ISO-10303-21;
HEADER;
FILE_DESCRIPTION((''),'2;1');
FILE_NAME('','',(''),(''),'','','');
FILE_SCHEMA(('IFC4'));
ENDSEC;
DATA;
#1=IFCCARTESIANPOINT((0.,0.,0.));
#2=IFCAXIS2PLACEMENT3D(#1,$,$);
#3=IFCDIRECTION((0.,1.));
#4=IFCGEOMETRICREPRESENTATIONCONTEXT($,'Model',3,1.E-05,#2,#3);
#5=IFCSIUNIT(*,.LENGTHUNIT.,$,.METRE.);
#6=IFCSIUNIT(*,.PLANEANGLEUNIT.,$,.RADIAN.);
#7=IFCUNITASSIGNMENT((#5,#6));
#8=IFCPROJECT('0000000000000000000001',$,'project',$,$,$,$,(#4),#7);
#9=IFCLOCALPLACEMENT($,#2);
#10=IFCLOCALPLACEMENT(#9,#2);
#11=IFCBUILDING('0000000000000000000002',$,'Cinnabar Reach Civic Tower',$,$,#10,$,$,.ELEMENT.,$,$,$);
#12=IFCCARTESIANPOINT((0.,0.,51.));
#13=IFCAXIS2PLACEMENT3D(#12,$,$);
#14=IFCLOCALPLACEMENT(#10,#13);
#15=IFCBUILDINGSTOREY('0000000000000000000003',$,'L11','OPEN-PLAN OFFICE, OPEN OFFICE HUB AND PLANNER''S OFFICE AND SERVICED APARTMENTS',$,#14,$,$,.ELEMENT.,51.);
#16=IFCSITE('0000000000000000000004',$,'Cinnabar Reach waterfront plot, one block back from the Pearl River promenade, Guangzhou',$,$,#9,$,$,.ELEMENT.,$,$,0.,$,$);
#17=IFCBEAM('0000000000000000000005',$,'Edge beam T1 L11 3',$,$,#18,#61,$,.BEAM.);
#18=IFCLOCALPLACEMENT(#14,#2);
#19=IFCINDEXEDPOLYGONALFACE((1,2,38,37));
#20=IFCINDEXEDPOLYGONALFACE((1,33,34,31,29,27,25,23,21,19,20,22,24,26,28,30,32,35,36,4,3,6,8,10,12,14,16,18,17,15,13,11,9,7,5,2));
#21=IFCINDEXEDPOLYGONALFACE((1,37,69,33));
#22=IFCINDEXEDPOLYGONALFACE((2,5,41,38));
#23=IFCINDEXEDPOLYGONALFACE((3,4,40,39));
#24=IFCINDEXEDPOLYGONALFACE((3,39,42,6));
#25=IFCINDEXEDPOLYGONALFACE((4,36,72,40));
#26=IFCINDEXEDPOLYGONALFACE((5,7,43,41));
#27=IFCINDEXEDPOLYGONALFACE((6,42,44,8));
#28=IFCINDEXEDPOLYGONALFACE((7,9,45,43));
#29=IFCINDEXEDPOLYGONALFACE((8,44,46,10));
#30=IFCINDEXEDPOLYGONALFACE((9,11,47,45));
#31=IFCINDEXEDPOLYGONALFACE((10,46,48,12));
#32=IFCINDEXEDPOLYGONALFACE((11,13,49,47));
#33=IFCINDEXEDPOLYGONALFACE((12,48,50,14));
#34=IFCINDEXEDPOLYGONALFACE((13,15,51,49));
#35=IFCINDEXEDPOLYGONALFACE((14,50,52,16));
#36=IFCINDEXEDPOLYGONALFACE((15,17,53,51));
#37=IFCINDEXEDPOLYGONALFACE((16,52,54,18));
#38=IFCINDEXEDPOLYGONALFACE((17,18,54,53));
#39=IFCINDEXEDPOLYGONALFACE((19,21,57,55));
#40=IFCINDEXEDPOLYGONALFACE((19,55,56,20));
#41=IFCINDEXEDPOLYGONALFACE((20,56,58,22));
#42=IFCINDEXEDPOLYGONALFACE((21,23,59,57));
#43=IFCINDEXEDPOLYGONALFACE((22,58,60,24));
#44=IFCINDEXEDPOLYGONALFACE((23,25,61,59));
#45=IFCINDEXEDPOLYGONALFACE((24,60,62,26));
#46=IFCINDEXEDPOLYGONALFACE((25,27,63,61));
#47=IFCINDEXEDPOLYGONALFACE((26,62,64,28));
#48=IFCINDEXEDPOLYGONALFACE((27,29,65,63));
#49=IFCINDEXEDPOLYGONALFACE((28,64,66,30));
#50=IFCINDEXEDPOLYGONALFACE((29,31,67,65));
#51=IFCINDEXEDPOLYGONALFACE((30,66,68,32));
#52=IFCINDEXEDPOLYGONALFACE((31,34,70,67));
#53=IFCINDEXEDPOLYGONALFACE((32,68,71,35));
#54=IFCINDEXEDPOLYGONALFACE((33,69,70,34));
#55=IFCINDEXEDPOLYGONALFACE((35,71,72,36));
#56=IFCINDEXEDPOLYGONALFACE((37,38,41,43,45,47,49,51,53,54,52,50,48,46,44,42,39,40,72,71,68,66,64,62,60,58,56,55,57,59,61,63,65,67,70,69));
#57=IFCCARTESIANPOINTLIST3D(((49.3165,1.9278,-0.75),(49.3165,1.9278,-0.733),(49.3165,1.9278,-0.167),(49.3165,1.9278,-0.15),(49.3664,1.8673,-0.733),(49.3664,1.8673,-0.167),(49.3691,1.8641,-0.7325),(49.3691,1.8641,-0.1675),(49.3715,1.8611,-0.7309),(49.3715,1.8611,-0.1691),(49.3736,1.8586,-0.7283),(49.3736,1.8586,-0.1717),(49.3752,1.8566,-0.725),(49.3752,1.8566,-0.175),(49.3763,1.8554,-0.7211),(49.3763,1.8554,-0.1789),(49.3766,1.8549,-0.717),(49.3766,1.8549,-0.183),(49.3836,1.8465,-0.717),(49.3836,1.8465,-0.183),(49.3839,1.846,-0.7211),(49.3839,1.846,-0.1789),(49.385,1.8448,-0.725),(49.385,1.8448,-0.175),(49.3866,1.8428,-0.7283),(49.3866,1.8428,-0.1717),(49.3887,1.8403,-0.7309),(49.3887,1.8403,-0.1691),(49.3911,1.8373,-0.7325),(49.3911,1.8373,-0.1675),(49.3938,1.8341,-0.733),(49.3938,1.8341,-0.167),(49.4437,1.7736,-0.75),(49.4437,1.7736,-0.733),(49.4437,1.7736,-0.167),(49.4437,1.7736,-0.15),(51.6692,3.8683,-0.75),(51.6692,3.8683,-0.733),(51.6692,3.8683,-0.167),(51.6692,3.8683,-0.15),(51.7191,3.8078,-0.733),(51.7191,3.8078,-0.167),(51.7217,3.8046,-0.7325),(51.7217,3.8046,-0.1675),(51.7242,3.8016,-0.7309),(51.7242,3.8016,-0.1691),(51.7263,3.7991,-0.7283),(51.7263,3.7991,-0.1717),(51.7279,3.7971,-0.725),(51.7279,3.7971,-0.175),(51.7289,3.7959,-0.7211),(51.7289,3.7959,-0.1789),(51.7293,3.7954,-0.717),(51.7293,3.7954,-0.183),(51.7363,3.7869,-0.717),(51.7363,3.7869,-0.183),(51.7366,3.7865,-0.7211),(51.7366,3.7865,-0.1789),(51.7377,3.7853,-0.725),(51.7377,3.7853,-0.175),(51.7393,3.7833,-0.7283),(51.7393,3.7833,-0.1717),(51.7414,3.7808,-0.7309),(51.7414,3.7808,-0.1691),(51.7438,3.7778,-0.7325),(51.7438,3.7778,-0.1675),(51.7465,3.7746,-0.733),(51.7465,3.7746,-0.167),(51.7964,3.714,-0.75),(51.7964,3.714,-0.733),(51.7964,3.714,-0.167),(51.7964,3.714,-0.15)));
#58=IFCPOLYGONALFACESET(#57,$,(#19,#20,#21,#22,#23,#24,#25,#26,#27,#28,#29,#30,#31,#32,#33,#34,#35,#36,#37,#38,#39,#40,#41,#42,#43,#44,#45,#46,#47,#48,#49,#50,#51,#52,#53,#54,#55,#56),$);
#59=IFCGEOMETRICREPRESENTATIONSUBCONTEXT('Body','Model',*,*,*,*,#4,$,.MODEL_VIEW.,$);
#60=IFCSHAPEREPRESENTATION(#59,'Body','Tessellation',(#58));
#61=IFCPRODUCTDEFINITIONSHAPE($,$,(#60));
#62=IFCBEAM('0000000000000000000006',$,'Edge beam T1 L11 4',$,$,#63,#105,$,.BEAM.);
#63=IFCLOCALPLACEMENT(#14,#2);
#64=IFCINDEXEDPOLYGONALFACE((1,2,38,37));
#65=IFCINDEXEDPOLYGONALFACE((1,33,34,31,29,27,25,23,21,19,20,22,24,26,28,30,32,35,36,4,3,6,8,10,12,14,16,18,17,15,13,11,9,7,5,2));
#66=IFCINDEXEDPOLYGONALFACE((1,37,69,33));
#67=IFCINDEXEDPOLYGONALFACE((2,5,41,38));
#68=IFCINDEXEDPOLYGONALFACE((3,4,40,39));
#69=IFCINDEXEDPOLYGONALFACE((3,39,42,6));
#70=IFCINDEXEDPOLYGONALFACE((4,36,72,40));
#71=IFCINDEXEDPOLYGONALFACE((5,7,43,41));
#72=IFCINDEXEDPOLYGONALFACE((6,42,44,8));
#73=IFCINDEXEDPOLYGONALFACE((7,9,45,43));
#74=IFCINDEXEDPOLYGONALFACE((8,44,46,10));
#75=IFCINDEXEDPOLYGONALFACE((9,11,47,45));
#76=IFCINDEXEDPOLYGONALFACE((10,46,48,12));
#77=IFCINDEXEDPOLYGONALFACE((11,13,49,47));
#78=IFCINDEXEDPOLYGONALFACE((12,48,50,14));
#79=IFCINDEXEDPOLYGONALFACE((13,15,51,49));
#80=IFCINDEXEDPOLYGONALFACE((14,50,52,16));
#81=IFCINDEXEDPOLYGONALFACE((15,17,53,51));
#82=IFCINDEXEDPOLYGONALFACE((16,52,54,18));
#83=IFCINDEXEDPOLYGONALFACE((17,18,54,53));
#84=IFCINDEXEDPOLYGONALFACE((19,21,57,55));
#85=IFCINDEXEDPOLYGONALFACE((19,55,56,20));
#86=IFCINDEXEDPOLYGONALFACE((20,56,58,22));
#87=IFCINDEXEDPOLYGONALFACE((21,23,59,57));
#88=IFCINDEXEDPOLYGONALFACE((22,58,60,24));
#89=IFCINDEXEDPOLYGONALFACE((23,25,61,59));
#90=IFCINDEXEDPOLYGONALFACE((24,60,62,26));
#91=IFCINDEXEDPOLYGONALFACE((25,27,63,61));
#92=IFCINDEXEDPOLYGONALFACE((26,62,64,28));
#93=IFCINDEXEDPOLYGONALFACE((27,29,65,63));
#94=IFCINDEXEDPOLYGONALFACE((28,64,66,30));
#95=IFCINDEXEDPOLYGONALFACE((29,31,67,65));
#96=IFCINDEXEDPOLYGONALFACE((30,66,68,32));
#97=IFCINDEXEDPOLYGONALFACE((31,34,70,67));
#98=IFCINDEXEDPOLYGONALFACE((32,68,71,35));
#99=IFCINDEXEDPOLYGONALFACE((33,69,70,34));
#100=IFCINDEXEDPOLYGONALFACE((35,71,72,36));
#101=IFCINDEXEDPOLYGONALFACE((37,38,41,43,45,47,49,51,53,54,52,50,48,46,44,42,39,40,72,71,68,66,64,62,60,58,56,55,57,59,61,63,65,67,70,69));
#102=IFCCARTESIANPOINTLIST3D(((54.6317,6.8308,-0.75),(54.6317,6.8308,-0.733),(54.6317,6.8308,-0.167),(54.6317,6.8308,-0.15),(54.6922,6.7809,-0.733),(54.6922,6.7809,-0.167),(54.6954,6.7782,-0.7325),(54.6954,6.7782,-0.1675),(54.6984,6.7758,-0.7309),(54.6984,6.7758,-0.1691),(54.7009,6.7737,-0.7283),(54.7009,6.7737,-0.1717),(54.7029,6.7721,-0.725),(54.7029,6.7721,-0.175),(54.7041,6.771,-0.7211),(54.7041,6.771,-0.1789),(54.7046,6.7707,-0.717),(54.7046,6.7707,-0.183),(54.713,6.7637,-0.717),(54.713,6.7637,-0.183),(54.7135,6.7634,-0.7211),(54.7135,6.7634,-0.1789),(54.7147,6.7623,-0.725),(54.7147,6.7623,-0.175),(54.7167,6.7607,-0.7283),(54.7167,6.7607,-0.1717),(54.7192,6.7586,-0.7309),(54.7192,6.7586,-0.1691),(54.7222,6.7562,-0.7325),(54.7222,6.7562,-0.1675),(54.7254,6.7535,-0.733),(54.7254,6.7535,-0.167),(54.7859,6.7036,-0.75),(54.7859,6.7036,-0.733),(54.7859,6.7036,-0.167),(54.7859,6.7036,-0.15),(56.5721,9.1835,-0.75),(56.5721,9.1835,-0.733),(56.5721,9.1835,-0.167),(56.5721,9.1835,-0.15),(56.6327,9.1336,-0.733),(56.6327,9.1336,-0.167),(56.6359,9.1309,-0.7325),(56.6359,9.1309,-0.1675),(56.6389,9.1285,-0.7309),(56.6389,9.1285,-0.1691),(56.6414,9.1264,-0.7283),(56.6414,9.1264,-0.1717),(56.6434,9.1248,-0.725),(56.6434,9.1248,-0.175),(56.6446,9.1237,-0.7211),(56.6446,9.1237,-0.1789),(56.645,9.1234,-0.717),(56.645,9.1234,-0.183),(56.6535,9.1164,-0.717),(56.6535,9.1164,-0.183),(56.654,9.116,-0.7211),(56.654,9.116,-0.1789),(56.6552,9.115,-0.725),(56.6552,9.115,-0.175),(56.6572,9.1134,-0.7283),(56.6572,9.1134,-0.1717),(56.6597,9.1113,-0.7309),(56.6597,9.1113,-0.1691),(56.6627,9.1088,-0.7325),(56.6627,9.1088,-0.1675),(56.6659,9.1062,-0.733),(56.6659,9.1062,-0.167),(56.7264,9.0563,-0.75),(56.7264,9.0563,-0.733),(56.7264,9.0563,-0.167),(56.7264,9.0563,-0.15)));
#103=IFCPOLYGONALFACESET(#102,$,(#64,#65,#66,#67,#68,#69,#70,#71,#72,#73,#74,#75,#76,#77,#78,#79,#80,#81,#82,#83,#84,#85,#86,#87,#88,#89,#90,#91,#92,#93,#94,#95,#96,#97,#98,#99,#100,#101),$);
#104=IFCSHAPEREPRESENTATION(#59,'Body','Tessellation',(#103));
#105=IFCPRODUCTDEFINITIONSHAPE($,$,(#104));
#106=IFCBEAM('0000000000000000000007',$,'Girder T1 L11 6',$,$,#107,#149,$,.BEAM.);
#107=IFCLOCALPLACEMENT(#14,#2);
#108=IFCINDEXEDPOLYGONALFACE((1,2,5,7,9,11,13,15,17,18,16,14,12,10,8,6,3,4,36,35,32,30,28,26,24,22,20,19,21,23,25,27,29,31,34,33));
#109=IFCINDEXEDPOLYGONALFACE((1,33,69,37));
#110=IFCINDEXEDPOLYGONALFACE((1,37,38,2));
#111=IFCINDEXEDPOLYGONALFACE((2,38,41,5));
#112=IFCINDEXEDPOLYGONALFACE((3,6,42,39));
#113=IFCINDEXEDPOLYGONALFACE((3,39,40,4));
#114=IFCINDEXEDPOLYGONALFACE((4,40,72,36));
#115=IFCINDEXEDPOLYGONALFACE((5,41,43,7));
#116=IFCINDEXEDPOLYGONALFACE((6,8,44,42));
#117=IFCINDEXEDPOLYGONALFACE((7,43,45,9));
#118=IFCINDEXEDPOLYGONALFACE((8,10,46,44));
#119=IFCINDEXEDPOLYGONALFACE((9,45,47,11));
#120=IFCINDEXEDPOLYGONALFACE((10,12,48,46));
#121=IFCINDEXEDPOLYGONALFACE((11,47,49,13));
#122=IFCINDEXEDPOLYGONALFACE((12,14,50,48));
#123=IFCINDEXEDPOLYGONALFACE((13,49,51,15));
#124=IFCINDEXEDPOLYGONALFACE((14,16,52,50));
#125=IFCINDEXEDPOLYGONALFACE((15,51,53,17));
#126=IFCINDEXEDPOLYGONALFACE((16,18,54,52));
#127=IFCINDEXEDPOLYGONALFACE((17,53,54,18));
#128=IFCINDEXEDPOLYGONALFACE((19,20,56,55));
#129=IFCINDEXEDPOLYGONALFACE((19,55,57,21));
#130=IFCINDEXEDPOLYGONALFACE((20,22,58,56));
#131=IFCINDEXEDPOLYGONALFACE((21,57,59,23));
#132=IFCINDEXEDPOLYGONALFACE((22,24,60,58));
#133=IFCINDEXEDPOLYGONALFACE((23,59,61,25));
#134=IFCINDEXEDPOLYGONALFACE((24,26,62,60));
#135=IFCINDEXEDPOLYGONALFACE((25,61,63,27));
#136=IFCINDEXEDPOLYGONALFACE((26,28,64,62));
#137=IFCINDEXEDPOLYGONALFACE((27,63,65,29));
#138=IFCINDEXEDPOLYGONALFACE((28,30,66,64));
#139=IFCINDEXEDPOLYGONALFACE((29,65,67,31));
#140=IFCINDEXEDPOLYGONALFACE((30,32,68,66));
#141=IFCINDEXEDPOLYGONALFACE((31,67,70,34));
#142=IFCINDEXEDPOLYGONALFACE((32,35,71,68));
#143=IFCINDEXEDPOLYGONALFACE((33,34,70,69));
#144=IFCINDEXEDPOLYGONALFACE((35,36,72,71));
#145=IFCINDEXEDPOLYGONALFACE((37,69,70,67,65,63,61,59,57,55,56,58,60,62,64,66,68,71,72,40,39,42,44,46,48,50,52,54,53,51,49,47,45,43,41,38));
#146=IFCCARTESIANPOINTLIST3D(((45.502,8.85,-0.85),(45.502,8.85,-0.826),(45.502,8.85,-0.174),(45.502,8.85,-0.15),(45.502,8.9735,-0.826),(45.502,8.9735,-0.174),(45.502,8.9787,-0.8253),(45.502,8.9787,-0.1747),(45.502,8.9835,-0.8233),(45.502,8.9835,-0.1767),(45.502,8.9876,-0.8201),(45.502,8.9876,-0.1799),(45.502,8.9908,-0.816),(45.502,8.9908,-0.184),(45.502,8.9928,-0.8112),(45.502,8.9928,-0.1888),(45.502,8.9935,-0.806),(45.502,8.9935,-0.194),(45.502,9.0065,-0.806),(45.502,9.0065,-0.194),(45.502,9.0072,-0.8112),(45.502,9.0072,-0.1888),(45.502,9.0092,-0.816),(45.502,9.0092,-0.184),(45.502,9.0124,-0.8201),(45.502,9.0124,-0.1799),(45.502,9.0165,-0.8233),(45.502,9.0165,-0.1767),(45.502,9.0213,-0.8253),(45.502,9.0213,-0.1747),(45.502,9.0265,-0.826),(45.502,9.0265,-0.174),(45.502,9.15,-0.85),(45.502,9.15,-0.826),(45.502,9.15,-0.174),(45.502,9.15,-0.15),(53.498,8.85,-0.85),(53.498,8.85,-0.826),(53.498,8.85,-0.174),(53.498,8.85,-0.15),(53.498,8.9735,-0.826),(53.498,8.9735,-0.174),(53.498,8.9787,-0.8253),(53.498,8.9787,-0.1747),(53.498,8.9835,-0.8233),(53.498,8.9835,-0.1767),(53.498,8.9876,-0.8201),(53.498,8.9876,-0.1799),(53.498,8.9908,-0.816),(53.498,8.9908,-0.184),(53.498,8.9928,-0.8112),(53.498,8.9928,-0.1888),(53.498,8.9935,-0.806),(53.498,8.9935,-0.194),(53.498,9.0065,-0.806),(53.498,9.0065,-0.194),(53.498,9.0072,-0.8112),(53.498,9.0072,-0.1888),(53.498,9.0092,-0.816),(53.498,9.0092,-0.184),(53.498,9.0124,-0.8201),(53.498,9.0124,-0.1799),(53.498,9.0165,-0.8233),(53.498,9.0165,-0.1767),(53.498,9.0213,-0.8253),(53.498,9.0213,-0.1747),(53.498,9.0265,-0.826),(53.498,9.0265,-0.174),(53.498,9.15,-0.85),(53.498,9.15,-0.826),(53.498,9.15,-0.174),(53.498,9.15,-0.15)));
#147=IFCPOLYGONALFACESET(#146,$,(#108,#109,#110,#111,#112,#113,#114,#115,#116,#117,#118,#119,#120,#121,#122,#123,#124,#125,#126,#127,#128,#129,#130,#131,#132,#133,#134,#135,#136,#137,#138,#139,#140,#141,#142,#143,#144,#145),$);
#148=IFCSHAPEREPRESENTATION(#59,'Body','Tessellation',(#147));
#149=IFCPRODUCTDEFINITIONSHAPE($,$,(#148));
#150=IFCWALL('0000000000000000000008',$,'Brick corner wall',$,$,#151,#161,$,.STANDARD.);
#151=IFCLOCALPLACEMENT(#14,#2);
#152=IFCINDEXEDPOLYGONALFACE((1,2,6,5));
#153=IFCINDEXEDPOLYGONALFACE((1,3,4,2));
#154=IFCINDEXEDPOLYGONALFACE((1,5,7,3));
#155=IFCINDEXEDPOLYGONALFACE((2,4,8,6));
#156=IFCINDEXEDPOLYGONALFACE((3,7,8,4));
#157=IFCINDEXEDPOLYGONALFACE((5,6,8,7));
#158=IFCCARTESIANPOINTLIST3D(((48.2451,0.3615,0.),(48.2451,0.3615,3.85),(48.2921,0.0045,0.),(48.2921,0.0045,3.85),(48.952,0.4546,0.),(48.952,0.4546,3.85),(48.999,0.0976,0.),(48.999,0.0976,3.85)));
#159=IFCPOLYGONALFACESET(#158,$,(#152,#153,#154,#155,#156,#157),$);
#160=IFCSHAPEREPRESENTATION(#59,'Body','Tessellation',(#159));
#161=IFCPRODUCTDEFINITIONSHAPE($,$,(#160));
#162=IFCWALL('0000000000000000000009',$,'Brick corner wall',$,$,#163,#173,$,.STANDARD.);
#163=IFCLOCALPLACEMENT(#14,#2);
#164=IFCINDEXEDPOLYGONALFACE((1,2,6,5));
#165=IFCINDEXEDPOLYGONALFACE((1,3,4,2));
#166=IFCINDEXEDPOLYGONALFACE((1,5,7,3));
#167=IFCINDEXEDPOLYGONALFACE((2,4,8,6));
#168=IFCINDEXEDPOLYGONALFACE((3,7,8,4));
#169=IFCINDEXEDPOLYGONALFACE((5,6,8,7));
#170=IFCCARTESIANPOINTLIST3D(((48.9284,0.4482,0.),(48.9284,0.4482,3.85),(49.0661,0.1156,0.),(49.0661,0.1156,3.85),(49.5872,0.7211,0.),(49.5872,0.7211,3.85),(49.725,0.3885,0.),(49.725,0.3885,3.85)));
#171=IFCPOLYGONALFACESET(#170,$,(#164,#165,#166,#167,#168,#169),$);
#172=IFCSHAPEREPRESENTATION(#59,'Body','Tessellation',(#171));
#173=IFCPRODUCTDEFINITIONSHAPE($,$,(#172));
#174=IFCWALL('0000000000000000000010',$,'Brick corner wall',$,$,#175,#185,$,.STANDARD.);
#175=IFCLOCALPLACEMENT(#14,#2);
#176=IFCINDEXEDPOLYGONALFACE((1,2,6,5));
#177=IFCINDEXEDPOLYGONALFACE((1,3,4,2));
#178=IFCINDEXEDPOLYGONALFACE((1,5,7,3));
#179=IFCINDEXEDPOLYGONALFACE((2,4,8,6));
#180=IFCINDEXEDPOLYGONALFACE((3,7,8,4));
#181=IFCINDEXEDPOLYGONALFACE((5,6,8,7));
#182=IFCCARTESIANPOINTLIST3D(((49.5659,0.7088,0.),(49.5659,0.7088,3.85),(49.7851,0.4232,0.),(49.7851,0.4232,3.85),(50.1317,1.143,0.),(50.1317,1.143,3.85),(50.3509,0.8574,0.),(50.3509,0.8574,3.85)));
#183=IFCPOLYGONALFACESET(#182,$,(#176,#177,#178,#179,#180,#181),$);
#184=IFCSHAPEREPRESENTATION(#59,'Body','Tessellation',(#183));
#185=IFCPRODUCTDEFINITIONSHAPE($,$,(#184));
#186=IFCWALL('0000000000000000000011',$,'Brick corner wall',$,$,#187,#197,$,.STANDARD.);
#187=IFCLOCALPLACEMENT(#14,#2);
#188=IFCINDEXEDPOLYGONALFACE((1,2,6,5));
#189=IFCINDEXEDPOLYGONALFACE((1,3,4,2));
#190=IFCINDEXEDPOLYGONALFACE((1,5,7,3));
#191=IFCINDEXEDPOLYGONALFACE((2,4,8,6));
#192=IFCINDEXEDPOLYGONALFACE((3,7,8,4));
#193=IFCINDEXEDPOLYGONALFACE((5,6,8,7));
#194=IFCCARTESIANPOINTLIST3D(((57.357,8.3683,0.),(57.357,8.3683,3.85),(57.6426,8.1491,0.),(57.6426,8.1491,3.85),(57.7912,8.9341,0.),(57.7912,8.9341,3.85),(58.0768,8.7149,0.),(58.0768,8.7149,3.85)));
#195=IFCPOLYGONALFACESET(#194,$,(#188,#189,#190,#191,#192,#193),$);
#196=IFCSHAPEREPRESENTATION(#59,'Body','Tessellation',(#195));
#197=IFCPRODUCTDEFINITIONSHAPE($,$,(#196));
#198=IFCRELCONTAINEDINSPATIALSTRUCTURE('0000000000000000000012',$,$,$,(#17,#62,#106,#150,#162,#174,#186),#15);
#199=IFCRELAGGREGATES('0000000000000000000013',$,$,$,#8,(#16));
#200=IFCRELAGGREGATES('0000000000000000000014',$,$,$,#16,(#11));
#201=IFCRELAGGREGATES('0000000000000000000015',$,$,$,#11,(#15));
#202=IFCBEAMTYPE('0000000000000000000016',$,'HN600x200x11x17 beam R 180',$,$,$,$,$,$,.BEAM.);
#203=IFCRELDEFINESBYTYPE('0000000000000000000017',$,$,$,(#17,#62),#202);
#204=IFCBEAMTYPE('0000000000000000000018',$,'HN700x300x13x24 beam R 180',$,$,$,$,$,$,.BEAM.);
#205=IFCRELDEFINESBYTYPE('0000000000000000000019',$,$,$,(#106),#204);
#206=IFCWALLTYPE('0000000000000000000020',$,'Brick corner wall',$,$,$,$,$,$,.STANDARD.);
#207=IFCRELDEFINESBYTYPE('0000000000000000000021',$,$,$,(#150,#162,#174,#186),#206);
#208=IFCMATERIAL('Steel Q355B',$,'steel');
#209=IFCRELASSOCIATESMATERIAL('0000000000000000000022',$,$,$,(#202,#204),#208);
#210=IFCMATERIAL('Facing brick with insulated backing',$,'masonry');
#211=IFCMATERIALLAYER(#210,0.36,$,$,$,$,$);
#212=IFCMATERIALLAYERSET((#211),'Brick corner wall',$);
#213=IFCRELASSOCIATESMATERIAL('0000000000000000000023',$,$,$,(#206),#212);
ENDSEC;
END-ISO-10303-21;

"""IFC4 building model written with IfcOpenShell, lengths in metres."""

from ifc_helpers import new_model, si_unit, direction, frame, frame_2d, origin, origin_2d, place, context, subcontext, project, spatial, rectangle, i_section, extrude, material, layer, layer_set, material_profile, profile_set, type_object, element, save


model = new_model("IFC4")

# Units and contexts
model_context = context("Model", 3, precision=1e-05, world=origin(), true_north=direction((0.0, 1.0)))
body_context = subcontext(model_context, "Body", "Model", "MODEL_VIEW")
ifc_project = project(units=[si_unit("LENGTHUNIT", "METRE"), si_unit("PLANEANGLEUNIT", "RADIAN")], contexts=[model_context])

# Site, building, storey
site_placement = place(None, origin())
site = spatial("IfcSite", under=ifc_project, at=site_placement, Name="Cinnabar Reach waterfront plot, one block back from the Pearl River promenade, Guangzhou", CompositionType="ELEMENT", RefElevation=0.0)
building_placement = place(site_placement, origin())
building = spatial("IfcBuilding", under=site, at=building_placement, Name="Cinnabar Reach Civic Tower", CompositionType="ELEMENT")
storey_placement = place(building_placement, frame((0.0, 0.0, 51.0)))
storey = spatial("IfcBuildingStorey", under=building, at=storey_placement, Name="L11", Description="OPEN-PLAN OFFICE, OPEN OFFICE HUB AND PLANNER'S OFFICE AND SERVICED APARTMENTS", CompositionType="ELEMENT", Elevation=51.0)

# Beams
ifc_material_1 = material(Name="Steel Q355B", Category="steel")
ifc_material_profile_1 = material_profile(ifc_material_1, i_section(OverallWidth=0.2, OverallDepth=0.6, WebThickness=0.011, FlangeThickness=0.017, FilletRadius=0.016, at=origin_2d()), Name="HN600x200x11x17")
ifc_profile_set_1 = profile_set([ifc_material_profile_1], Name="Steel Q355B")
beam_type_1 = type_object("IfcBeamType", Name="HN600x200x11x17 beam R 180", PredefinedType="BEAM", material=ifc_profile_set_1)
for number, where, z_axis, x_axis, name in (
    (1, (49.3801, 1.8507, -0.45), (0.77145, 0.63629, 0.0), (-0.63629, 0.77145, 0.0), "Edge beam T1 L11 3"),
    (2, (54.7088, 6.7672, -0.45), (0.63629, 0.77145, 0.0), (-0.77145, 0.63629, 0.0), "Edge beam T1 L11 4"),
):
    element("IfcBeam", number, at=place(storey_placement, frame(where, z_axis=z_axis, x_axis=x_axis)), inside=storey, type_object=beam_type_1, Name=name, PredefinedType="BEAM", context=body_context, shape_type="SweptSolid", body=[
        extrude(i_section(OverallWidth=0.2, OverallDepth=0.6, WebThickness=0.011, FlangeThickness=0.017, FilletRadius=0.016, at=origin_2d()), origin(), (0.0, 0.0, 1.0), 3.0497),
    ])
ifc_material_profile_2 = material_profile(ifc_material_1, i_section(OverallWidth=0.3, OverallDepth=0.7, WebThickness=0.013, FlangeThickness=0.024, FilletRadius=0.02, at=origin_2d()), Name="HN700x300x13x24")
ifc_profile_set_2 = profile_set([ifc_material_profile_2], Name="Steel Q355B")
beam_type_2 = type_object("IfcBeamType", Name="HN700x300x13x24 beam R 180", PredefinedType="BEAM", material=ifc_profile_set_2)
beam_1_placement = place(storey_placement, frame((45.502, 9.0, -0.5), z_axis=(1.0, 0.0, 0.0), x_axis=(0.0, 1.0, 0.0)))
element("IfcBeam", 3, at=beam_1_placement, inside=storey, type_object=beam_type_2, Name="Girder T1 L11 6", PredefinedType="BEAM", context=body_context, shape_type="SweptSolid", body=[
    extrude(i_section(OverallWidth=0.3, OverallDepth=0.7, WebThickness=0.013, FlangeThickness=0.024, FilletRadius=0.02, at=origin_2d()), origin(), (0.0, 0.0, 1.0), 7.996),
])

# Walls
ifc_material_2 = material(Name="Facing brick with insulated backing", Category="masonry")
ifc_layer_1 = layer(ifc_material_2, 0.36)
ifc_layer_set_1 = layer_set([ifc_layer_1], Name="Brick corner wall")
wall_type_1 = type_object("IfcWallType", Name="Brick corner wall", PredefinedType="STANDARD", material=ifc_layer_set_1)
for number, where, z_axis, x_axis, name in (
    (4, (48.2686, 0.183, 0.0), (0.0, 0.0, 1.0), (0.991441, 0.130556, 0.0), "Brick corner wall"),
    (5, (48.9973, 0.2819, 0.0), (0.0, 0.0, 1.0), (0.923872, 0.382703, 0.0), "Brick corner wall"),
):
    element("IfcWall", number, at=place(storey_placement, frame(where, z_axis=z_axis, x_axis=x_axis)), inside=storey, type_object=wall_type_1, Name=name, PredefinedType="STANDARD", context=body_context, shape_type="SweptSolid", body=[
        extrude(rectangle(XDim=0.7131, YDim=0.36, at=frame_2d((0.3565, 0.0))), origin(), (0.0, 0.0, 1.0), 3.85),
    ])
for number, where, z_axis, x_axis, name in (
    (6, (49.6755, 0.566, 0.0), (0.0, 0.0, 1.0), (0.793322, 0.608802, 0.0), "Brick corner wall"),
    (7, (57.4998, 8.2587, 0.0), (0.0, 0.0, 1.0), (0.608802, 0.793322, 0.0), "Brick corner wall"),
):
    element("IfcWall", number, at=place(storey_placement, frame(where, z_axis=z_axis, x_axis=x_axis)), inside=storey, type_object=wall_type_1, Name=name, PredefinedType="STANDARD", context=body_context, shape_type="SweptSolid", body=[
        extrude(rectangle(XDim=0.7132, YDim=0.36, at=frame_2d((0.3566, 0.0))), origin(), (0.0, 0.0, 1.0), 3.85),
    ])

save(model, "model.ifc")
